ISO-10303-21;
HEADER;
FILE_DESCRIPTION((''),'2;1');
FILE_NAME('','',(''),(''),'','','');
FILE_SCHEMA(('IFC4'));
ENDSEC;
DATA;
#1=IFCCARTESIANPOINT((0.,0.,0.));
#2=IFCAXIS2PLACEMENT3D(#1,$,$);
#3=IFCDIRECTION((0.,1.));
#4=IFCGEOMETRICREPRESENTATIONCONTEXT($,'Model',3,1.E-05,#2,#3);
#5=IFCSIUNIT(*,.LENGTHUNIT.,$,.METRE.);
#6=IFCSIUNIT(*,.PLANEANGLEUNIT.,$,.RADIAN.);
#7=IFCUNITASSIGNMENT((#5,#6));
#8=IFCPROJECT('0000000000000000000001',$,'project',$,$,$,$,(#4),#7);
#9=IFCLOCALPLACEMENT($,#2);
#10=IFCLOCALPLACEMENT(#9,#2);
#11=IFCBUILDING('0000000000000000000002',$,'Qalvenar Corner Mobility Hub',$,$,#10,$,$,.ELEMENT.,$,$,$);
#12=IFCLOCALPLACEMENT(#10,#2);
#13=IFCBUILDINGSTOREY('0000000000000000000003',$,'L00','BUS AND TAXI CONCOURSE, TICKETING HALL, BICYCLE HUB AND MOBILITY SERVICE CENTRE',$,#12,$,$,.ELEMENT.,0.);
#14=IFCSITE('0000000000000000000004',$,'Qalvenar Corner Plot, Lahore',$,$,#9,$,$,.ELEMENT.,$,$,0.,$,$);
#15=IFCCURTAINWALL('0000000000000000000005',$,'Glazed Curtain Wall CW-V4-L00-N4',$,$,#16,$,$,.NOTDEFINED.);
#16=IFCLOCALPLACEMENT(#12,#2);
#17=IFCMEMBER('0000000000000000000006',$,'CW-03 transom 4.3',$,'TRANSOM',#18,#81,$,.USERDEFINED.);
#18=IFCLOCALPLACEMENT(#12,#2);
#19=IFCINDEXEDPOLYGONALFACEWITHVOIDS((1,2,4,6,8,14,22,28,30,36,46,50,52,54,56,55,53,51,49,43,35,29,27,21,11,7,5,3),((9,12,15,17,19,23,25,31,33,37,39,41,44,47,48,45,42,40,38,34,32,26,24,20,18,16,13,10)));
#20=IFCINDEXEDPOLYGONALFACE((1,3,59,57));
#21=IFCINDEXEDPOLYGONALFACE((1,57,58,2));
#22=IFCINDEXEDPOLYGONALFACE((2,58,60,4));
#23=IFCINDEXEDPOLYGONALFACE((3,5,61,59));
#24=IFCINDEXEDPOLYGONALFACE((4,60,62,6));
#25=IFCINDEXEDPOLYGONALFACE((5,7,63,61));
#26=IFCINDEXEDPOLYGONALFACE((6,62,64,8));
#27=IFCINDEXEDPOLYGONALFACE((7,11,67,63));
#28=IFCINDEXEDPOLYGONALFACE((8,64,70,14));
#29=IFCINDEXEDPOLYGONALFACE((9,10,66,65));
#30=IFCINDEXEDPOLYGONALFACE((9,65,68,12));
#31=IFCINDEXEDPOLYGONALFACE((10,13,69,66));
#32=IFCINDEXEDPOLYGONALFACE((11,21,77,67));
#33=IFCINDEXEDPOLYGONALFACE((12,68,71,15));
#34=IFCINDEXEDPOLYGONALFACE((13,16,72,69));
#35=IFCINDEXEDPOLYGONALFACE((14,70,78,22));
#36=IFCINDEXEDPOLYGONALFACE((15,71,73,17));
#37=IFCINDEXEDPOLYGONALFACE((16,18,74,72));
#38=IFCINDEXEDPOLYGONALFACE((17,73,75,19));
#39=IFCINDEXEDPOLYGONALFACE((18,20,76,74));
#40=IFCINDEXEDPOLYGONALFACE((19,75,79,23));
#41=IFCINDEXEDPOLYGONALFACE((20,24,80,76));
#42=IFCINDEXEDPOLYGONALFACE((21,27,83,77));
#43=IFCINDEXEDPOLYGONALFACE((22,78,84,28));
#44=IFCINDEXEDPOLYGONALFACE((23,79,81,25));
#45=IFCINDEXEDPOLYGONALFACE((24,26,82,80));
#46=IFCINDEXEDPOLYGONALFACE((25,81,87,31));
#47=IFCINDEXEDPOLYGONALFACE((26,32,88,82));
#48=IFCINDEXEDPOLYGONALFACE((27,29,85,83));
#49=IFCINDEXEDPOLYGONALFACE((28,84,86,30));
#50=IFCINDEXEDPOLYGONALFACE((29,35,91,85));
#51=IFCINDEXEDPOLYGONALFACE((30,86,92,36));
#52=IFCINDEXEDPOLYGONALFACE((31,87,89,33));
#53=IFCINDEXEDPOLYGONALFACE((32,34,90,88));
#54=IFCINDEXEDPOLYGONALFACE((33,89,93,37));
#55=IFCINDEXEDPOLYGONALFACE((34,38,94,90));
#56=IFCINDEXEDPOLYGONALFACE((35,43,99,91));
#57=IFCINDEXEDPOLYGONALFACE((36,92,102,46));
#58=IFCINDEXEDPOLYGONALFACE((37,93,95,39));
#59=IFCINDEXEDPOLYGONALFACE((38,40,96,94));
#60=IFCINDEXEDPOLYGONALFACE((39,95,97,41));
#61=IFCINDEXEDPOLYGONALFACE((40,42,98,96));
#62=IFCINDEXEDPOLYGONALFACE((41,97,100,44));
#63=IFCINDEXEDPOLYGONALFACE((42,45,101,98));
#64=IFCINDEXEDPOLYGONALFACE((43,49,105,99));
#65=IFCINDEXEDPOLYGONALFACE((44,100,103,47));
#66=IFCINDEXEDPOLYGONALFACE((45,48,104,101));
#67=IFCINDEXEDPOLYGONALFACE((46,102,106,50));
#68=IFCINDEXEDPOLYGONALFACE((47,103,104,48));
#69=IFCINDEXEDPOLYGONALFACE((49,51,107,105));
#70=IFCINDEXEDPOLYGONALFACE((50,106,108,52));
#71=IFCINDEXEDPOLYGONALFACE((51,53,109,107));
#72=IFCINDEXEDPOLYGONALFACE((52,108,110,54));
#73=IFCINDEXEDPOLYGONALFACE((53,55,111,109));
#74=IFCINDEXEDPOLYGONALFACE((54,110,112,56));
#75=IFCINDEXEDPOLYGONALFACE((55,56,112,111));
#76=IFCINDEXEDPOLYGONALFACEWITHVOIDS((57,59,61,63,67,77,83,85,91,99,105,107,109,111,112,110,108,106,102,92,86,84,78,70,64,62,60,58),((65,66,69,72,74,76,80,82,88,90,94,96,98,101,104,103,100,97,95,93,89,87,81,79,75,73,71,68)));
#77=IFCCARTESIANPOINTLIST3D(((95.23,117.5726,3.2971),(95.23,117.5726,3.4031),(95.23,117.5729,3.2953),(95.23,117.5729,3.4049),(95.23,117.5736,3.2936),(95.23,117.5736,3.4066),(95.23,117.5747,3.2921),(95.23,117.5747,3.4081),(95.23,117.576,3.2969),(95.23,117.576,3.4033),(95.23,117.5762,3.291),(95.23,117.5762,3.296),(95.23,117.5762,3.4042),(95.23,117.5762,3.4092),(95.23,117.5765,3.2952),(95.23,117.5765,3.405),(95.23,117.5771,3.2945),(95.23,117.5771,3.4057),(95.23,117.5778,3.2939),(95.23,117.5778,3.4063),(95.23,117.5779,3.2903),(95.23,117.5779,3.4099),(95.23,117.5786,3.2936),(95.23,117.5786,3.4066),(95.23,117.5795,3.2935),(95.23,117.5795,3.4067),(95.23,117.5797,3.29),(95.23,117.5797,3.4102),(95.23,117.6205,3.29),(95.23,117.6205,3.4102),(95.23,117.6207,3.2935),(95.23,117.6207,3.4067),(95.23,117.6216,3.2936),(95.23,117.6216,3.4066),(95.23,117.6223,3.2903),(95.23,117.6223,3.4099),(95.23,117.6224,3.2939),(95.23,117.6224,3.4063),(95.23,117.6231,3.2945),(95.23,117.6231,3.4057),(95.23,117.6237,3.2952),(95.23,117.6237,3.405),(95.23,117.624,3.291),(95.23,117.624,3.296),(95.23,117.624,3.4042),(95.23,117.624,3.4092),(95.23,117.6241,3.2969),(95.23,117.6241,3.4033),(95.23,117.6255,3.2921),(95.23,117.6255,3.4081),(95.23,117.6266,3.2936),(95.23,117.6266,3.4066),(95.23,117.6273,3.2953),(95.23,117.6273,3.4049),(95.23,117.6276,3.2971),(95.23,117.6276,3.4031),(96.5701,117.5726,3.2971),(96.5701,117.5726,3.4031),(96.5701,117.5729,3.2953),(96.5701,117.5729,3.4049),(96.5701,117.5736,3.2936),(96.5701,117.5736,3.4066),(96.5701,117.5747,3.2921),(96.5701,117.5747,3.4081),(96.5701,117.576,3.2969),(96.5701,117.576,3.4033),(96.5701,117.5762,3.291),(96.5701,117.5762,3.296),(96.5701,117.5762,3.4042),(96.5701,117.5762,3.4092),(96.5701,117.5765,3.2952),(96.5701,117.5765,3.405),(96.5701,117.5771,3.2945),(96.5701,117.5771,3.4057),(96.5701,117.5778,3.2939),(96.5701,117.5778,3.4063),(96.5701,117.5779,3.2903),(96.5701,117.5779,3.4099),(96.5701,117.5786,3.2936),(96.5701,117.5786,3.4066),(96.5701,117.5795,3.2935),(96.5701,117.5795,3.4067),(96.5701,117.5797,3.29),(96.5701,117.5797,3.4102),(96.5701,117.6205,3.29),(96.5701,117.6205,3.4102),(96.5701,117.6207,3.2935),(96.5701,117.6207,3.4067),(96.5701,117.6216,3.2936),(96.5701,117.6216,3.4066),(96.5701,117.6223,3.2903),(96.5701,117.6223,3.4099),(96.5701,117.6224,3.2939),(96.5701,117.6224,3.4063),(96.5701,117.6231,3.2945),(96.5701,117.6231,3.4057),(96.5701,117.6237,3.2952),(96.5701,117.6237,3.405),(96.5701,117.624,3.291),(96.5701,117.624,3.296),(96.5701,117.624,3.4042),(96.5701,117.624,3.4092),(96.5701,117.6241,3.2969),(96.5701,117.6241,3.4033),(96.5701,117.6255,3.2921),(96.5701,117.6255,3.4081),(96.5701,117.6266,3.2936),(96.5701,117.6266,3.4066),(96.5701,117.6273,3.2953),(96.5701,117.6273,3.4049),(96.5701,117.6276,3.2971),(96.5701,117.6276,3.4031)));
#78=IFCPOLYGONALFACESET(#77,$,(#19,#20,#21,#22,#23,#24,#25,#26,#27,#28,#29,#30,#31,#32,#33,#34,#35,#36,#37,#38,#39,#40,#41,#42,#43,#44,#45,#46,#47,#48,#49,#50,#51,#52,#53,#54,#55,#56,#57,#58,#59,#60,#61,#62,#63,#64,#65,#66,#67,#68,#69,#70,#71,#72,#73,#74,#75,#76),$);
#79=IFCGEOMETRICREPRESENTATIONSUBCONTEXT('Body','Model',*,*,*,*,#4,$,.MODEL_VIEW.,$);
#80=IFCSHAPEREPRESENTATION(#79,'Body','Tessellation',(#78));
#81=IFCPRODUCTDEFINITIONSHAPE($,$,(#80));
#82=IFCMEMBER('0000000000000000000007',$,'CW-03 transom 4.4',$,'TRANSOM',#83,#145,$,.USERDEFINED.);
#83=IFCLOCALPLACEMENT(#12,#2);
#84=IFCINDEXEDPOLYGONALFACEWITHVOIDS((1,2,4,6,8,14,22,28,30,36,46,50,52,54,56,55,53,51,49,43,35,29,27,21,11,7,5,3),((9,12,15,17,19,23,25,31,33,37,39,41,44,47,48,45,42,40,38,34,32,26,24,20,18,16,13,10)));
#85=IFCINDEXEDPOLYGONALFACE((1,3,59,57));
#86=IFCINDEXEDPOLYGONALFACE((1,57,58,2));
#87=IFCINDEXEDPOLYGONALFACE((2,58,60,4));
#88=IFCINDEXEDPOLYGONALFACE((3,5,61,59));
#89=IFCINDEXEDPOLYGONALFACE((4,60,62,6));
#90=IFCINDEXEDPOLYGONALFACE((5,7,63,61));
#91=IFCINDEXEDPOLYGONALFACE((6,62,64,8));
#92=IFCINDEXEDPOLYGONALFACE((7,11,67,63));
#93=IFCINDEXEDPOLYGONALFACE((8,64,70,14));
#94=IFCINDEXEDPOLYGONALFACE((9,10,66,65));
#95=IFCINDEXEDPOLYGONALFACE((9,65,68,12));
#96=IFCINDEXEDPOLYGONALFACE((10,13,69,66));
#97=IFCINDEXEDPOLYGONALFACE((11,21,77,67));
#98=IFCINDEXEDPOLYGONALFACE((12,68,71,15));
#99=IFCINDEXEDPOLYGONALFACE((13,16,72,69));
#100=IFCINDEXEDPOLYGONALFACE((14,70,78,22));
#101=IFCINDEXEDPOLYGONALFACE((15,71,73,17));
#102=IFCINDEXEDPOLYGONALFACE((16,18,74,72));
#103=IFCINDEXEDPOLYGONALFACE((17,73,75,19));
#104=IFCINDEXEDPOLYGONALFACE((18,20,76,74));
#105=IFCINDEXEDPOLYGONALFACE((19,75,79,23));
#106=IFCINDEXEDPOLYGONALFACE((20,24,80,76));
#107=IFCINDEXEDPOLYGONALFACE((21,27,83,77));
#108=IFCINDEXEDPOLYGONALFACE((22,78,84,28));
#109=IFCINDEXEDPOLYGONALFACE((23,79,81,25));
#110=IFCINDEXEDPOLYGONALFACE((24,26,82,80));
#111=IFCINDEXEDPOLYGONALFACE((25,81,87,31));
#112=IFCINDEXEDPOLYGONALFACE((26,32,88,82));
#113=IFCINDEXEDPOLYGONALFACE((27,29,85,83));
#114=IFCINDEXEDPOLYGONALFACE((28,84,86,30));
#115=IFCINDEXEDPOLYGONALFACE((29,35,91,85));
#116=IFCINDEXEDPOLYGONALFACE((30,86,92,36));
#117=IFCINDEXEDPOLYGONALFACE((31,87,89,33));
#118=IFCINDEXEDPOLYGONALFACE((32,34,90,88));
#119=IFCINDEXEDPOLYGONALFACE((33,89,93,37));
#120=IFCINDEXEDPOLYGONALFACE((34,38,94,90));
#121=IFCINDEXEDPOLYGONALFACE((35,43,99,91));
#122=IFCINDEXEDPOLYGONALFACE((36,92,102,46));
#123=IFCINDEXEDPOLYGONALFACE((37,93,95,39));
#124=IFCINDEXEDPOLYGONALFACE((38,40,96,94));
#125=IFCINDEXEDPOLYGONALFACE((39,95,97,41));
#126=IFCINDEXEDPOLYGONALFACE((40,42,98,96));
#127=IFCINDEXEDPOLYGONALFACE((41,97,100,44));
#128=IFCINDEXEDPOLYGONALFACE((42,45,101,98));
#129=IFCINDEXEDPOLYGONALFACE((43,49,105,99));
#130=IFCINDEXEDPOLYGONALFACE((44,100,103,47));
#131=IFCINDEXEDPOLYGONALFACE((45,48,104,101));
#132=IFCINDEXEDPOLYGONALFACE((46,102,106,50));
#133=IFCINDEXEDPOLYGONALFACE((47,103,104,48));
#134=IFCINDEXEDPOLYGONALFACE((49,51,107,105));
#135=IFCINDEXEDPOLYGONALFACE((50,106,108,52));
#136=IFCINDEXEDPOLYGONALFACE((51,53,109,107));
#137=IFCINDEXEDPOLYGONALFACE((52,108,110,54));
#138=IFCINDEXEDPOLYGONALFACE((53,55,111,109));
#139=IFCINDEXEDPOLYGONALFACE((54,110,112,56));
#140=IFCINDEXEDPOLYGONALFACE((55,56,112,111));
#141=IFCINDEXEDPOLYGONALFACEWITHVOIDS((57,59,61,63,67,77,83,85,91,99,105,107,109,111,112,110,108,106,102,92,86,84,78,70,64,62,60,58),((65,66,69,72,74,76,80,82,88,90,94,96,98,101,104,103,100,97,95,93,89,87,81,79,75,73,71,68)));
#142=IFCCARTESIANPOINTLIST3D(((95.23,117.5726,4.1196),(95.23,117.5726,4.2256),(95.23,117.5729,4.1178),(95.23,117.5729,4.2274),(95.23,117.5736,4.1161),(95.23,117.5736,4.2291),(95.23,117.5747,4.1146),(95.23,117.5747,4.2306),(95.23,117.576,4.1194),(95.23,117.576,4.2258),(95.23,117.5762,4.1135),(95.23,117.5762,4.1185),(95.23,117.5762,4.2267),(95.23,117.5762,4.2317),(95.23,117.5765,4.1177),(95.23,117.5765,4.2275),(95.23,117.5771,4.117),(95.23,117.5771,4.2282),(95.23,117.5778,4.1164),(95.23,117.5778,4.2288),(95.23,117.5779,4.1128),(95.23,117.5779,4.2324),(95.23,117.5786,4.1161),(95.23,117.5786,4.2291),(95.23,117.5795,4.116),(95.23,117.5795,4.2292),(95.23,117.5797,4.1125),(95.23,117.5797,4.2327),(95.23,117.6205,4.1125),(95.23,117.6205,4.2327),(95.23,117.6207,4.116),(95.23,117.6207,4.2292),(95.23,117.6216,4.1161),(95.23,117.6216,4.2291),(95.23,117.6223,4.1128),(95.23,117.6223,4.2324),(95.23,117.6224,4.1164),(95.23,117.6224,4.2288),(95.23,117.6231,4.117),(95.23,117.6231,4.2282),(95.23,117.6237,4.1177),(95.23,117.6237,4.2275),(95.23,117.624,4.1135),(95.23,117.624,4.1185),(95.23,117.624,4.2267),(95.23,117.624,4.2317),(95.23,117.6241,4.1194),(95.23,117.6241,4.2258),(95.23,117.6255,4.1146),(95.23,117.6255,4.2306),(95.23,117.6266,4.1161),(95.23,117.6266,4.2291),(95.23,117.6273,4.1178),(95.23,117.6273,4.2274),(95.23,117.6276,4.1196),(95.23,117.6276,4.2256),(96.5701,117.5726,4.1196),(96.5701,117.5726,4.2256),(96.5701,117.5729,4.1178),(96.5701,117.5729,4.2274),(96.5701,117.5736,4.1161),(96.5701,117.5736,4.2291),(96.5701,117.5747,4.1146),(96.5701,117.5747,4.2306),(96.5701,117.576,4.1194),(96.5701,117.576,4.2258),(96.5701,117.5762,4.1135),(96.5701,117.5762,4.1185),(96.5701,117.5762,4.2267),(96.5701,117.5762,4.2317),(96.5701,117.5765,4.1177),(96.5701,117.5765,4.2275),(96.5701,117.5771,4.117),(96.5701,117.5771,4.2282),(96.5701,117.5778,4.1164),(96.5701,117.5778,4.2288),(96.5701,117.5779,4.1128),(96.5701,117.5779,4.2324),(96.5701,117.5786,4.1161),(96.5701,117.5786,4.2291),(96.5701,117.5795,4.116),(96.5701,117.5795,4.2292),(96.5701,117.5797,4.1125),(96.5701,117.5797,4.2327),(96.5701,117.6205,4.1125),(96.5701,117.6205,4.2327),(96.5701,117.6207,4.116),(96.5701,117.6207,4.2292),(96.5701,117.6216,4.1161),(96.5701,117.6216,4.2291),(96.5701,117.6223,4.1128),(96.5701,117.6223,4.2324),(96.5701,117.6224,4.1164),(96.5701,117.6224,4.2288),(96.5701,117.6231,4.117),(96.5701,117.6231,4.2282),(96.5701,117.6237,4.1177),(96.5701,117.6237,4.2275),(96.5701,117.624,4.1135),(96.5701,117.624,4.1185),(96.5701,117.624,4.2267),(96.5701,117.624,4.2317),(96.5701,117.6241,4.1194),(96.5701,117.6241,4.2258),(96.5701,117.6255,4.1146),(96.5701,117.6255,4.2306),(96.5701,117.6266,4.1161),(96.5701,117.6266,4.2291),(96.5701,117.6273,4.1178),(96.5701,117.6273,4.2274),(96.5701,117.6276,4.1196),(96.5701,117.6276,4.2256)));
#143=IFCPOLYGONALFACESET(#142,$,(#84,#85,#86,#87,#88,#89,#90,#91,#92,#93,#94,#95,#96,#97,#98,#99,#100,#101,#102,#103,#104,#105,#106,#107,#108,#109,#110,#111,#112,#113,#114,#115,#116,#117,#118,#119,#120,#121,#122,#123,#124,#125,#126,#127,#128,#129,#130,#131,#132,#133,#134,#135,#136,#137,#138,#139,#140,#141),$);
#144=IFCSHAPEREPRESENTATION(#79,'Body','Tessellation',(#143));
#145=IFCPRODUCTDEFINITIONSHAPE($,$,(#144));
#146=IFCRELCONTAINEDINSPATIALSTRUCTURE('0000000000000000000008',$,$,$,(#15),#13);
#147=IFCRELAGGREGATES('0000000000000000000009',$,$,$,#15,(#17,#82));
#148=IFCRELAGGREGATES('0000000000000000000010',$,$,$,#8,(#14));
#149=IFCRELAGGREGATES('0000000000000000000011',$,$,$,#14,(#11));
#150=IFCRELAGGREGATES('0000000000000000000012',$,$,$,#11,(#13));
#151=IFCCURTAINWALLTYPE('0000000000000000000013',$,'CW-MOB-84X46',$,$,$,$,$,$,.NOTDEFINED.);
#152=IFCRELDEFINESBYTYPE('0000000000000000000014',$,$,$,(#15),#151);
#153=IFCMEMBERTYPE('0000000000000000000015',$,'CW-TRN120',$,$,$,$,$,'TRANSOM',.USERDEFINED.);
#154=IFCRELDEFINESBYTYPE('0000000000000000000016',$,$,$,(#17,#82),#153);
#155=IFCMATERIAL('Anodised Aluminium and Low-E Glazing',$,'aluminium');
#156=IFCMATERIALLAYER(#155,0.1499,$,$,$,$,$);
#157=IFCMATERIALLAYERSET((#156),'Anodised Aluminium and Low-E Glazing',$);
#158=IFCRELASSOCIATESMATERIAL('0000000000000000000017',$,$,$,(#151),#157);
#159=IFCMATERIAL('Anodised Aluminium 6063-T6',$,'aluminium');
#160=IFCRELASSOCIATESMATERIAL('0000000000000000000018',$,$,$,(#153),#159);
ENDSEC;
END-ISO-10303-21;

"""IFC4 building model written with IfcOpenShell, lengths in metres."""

from ifc_helpers import new_model, si_unit, direction, frame, origin, origin_2d, place, context, subcontext, project, spatial, hollow_rectangle, extrude, material, layer, layer_set, material_profile, profile_set, type_object, element, aggregate, save


model = new_model("IFC4")

# Units and contexts
model_context = context("Model", 3, precision=1e-05, world=origin(), true_north=direction((0.0, 1.0)))
body_context = subcontext(model_context, "Body", "Model", "MODEL_VIEW")
ifc_project = project(units=[si_unit("LENGTHUNIT", "METRE"), si_unit("PLANEANGLEUNIT", "RADIAN")], contexts=[model_context])

# Site, building, storey
site_placement = place(None, origin())
site = spatial("IfcSite", under=ifc_project, at=site_placement, Name="Qalvenar Corner Plot, Lahore", CompositionType="ELEMENT", RefElevation=0.0)
building_placement = place(site_placement, origin())
building = spatial("IfcBuilding", under=site, at=building_placement, Name="Qalvenar Corner Mobility Hub", CompositionType="ELEMENT")
storey_placement = place(building_placement, origin())
storey = spatial("IfcBuildingStorey", under=building, at=storey_placement, Name="L00", Description="BUS AND TAXI CONCOURSE, TICKETING HALL, BICYCLE HUB AND MOBILITY SERVICE CENTRE", CompositionType="ELEMENT", Elevation=0.0)

# Curtain wall, members
ifc_material_1 = material(Name="Anodised Aluminium and Low-E Glazing", Category="aluminium")
ifc_layer_1 = layer(ifc_material_1, 0.1499)
ifc_layer_set_1 = layer_set([ifc_layer_1], Name="Anodised Aluminium and Low-E Glazing")
curtain_wall_type = type_object("IfcCurtainWallType", Name="CW-MOB-84X46", PredefinedType="NOTDEFINED", material=ifc_layer_set_1)
curtain_wall_placement = place(storey_placement, origin())
curtain_wall = element("IfcCurtainWall", 1, at=curtain_wall_placement, inside=storey, type_object=curtain_wall_type, Name="Glazed Curtain Wall CW-V4-L00-N4", PredefinedType="NOTDEFINED")
ifc_material_2 = material(Name="Anodised Aluminium 6063-T6", Category="aluminium")
ifc_material_profile_1 = material_profile(ifc_material_2, hollow_rectangle(XDim=0.0549, YDim=0.1201, WallThickness=0.0034, InnerFilletRadius=0.0034, OuterFilletRadius=0.0071, at=origin_2d()), Name="RHS120x55x3.5")
ifc_profile_set_1 = profile_set([ifc_material_profile_1], Name="Anodised Aluminium 6063-T6")
member_type_1 = type_object("IfcMemberType", Name="CW-TRN120", ElementType="TRANSOM", PredefinedType="USERDEFINED", material=ifc_profile_set_1)
member_1_placement = place(storey_placement, frame((96.5701, 117.6001, 3.3501), z_axis=(-1.0, 0.0, 0.0), x_axis=(0.0, -1.0, 0.0)))
member_1 = element("IfcMember", 2, at=member_1_placement, type_object=member_type_1, Name="CW-03 transom 4.3", ObjectType="TRANSOM", PredefinedType="USERDEFINED", context=body_context, shape_type="SweptSolid", body=[
    extrude(hollow_rectangle(XDim=0.0549, YDim=0.1201, WallThickness=0.0034, InnerFilletRadius=0.0034, OuterFilletRadius=0.0071, at=origin_2d()), origin(), (0.0, 0.0, 1.0), 1.3401),
])
member_2_placement = place(storey_placement, frame((96.5701, 117.6001, 4.1726), z_axis=(-1.0, 0.0, 0.0), x_axis=(0.0, -1.0, 0.0)))
member_2 = element("IfcMember", 3, at=member_2_placement, type_object=member_type_1, Name="CW-03 transom 4.4", ObjectType="TRANSOM", PredefinedType="USERDEFINED", context=body_context, shape_type="SweptSolid", body=[
    extrude(hollow_rectangle(XDim=0.0549, YDim=0.1201, WallThickness=0.0034, InnerFilletRadius=0.0034, OuterFilletRadius=0.0071, at=origin_2d()), origin(), (0.0, 0.0, 1.0), 1.3401),
])
aggregate(curtain_wall, [member_1, member_2])

save(model, "model.ifc")
